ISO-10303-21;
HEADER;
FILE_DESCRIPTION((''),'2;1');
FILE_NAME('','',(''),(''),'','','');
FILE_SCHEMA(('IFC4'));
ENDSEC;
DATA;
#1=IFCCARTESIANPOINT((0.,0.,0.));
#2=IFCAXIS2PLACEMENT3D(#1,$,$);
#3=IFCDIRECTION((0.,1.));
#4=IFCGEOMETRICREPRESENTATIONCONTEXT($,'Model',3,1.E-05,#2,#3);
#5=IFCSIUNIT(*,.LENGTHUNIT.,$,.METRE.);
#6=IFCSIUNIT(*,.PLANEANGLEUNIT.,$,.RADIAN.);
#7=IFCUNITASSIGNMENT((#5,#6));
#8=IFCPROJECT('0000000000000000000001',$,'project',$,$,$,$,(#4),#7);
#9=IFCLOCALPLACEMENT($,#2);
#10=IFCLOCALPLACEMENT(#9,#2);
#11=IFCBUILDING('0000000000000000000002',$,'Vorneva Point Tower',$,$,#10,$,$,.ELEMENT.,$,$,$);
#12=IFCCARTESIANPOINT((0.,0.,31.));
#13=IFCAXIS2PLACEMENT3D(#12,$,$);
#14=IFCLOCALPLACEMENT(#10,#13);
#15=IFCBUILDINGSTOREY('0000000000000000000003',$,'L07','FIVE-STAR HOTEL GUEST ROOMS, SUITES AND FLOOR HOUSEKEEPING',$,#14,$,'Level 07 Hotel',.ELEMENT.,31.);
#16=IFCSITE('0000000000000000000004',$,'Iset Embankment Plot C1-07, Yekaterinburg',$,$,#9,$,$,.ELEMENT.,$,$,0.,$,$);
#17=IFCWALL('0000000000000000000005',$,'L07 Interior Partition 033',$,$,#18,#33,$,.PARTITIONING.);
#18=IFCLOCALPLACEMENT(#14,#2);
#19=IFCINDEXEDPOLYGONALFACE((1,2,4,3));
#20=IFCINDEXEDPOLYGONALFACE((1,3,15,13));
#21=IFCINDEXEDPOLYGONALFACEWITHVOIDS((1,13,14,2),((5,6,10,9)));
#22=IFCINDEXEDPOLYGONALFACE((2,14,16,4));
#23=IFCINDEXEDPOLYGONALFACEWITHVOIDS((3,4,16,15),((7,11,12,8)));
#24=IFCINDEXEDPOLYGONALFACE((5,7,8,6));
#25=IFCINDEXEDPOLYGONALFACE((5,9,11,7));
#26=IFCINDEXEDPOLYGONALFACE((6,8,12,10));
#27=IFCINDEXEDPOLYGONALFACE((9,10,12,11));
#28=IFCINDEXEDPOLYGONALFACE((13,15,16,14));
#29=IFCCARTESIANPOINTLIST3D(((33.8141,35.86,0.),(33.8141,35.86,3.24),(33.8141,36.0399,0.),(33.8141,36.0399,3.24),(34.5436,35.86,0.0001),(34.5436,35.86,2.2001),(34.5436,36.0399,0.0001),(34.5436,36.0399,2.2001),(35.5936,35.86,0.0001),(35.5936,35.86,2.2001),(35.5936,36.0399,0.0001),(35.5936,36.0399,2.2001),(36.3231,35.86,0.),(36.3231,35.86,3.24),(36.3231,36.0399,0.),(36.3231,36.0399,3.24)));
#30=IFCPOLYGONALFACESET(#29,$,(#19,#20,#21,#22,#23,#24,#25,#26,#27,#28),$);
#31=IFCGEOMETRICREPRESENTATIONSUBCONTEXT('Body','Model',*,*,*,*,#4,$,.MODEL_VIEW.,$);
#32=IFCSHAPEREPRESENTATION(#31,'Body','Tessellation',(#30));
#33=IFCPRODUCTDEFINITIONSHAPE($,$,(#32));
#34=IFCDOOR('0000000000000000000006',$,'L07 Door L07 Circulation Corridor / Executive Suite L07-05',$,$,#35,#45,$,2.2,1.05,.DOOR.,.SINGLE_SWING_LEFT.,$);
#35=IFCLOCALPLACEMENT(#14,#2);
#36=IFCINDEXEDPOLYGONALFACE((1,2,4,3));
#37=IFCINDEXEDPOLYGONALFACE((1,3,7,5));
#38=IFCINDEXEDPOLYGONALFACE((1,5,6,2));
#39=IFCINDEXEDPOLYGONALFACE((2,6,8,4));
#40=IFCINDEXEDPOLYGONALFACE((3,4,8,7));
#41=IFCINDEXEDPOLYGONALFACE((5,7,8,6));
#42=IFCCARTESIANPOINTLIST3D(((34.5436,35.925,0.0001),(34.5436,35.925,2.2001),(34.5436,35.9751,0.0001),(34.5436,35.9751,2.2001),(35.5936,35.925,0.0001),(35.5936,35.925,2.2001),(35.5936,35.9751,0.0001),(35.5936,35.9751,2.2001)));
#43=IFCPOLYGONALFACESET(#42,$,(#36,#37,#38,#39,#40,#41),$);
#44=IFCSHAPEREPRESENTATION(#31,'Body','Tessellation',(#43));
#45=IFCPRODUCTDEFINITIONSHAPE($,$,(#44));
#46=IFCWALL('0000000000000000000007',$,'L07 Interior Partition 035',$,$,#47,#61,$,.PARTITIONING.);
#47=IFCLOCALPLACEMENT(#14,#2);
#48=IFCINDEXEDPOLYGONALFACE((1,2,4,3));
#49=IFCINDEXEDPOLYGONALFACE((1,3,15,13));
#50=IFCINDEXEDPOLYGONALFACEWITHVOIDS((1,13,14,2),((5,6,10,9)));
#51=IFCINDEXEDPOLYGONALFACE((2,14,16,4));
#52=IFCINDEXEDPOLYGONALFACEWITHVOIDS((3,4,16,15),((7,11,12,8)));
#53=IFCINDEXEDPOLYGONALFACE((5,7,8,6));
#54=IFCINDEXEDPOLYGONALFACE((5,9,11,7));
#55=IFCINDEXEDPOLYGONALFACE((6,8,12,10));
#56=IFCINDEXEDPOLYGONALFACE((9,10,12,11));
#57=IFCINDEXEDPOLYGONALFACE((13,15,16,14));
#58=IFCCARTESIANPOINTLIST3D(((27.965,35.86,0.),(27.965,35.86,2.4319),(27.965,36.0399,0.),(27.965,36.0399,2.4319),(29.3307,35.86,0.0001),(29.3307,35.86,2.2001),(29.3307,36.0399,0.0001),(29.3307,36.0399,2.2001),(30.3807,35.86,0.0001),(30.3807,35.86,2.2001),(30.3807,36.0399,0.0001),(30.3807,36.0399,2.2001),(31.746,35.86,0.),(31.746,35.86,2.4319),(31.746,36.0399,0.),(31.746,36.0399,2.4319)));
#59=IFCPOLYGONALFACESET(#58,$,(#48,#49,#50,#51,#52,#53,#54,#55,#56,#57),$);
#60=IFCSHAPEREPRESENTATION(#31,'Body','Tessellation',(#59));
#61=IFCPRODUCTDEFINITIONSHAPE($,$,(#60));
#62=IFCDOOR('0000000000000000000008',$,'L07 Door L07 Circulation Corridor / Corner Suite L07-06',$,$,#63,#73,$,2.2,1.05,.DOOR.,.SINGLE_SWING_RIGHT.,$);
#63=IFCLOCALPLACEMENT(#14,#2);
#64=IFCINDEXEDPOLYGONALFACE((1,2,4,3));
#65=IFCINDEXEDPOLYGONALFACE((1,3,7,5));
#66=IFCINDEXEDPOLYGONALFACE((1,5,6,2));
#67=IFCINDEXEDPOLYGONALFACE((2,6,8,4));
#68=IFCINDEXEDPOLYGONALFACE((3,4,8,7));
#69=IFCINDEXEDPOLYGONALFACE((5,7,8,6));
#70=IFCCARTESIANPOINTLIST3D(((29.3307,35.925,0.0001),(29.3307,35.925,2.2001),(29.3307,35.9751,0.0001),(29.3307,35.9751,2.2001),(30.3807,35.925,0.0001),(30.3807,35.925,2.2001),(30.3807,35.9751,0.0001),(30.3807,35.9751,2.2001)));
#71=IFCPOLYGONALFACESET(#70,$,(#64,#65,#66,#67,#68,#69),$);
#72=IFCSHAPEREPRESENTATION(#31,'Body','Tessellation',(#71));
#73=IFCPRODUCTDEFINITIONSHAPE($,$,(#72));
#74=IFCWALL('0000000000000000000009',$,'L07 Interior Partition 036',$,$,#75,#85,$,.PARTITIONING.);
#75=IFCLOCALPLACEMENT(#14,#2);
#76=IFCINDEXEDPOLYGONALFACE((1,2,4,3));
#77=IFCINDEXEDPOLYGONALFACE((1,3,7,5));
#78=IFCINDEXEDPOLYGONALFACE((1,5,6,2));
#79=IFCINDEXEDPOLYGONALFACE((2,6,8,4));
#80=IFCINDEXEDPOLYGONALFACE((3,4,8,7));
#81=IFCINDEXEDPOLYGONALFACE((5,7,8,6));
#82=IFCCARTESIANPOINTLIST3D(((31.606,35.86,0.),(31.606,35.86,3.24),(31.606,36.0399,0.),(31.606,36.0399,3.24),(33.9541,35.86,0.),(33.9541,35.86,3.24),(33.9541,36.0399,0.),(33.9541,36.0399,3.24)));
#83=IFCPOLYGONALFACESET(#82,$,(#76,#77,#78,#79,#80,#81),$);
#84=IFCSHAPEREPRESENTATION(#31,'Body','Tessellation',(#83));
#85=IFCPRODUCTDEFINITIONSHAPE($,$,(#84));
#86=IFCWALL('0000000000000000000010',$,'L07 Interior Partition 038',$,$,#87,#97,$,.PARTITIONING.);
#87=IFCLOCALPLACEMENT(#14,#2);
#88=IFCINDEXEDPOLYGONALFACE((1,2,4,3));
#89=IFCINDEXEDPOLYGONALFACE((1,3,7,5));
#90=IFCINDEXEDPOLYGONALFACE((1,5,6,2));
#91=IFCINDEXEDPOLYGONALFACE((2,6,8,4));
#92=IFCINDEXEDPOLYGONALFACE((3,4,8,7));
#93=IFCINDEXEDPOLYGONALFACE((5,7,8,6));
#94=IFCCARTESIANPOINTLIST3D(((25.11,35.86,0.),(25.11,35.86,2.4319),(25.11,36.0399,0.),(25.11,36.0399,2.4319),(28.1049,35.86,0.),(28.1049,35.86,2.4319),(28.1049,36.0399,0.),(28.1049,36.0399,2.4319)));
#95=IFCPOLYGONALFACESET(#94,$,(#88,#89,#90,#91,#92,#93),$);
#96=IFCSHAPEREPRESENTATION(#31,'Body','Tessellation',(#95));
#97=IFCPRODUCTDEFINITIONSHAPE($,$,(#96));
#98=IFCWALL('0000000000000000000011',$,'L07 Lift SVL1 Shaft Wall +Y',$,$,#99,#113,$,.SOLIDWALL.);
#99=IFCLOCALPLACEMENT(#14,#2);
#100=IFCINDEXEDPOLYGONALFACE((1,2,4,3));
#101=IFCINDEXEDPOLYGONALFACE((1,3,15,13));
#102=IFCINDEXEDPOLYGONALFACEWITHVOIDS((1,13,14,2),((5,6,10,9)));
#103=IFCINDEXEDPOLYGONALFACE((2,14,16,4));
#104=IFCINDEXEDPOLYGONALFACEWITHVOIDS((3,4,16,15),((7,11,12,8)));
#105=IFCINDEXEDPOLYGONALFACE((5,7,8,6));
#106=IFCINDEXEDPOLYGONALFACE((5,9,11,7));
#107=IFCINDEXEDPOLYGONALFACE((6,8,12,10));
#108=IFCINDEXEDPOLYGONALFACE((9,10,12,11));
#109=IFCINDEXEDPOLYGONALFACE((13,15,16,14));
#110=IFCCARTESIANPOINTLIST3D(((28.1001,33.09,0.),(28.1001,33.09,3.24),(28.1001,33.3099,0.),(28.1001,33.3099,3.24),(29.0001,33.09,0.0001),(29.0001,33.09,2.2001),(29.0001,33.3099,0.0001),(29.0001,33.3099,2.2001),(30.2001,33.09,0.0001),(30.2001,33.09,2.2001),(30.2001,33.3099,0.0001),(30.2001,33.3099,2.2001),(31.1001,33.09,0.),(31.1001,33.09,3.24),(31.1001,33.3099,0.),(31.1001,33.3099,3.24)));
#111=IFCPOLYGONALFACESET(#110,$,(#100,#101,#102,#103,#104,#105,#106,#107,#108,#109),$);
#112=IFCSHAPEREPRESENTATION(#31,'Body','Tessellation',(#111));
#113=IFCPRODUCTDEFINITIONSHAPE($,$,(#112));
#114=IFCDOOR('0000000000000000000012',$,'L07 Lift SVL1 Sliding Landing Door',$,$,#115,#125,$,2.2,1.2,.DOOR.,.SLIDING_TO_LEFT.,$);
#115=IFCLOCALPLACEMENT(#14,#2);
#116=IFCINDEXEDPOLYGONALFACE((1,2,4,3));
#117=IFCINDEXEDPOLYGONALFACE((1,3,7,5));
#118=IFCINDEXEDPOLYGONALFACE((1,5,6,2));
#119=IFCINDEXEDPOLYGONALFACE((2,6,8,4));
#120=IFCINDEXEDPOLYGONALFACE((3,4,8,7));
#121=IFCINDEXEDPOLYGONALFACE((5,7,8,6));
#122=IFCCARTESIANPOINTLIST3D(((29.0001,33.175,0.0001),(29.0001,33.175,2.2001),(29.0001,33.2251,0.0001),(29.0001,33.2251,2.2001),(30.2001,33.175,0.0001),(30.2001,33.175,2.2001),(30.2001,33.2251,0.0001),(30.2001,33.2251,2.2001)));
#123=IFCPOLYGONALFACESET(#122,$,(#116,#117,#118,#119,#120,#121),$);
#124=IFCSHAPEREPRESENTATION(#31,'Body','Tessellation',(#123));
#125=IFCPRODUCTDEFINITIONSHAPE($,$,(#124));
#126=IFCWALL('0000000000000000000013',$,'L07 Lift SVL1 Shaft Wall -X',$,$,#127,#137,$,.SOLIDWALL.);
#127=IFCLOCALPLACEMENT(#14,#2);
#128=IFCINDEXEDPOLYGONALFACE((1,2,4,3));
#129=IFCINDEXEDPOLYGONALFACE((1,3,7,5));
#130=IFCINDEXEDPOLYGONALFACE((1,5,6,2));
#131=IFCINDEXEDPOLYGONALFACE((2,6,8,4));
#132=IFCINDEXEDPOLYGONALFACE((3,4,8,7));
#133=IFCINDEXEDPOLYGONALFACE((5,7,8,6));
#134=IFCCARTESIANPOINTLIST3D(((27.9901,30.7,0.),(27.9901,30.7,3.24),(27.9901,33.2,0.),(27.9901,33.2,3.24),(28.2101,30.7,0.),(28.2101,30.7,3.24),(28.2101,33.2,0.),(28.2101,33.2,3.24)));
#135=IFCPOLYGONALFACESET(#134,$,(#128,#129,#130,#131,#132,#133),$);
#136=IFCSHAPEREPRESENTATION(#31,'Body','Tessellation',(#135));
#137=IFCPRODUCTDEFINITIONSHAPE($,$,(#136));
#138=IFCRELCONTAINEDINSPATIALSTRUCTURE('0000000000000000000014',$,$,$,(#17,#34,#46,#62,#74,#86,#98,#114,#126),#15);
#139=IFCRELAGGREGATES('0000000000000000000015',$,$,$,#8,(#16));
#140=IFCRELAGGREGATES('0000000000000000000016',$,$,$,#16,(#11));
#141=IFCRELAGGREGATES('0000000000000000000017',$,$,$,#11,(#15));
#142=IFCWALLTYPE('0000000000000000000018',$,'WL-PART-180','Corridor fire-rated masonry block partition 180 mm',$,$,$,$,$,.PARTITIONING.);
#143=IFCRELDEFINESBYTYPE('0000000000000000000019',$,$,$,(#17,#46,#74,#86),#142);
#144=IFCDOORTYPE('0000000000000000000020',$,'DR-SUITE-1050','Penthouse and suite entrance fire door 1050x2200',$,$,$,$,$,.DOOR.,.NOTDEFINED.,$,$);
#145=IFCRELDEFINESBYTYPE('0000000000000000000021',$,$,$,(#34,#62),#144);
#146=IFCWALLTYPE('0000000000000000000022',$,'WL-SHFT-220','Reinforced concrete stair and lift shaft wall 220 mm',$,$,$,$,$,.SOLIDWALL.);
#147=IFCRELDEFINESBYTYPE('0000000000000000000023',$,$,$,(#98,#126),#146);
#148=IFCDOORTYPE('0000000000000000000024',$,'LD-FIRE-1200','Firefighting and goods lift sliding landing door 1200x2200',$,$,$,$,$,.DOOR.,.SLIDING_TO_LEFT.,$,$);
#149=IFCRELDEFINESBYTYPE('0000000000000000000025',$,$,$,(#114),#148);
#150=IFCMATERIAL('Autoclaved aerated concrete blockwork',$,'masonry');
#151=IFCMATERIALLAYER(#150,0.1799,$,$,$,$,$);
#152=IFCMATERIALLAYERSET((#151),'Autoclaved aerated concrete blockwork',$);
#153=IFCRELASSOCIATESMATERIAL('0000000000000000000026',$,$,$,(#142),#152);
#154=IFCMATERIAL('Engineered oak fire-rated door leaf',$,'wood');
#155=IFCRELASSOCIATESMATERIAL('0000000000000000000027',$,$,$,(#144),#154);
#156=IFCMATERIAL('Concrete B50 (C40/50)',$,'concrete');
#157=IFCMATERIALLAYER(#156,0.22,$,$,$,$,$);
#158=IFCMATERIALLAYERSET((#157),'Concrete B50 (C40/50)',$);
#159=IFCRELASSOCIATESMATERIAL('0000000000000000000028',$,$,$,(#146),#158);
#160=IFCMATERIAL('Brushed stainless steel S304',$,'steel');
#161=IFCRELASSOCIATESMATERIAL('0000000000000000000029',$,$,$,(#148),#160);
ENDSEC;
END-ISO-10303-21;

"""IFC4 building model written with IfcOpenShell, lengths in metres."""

from ifc_helpers import new_model, si_unit, direction, frame, frame_2d, origin, place, context, subcontext, project, spatial, rectangle, extrude, material, layer, layer_set, type_object, element, fill, save


model = new_model("IFC4")

# Units and contexts
model_context = context("Model", 3, precision=1e-05, world=origin(), true_north=direction((0.0, 1.0)))
body_context = subcontext(model_context, "Body", "Model", "MODEL_VIEW")
ifc_project = project(units=[si_unit("LENGTHUNIT", "METRE"), si_unit("PLANEANGLEUNIT", "RADIAN")], contexts=[model_context])

# Site, building, storey
site_placement = place(None, origin())
site = spatial("IfcSite", under=ifc_project, at=site_placement, Name="Iset Embankment Plot C1-07, Yekaterinburg", CompositionType="ELEMENT", RefElevation=0.0)
building_placement = place(site_placement, origin())
building = spatial("IfcBuilding", under=site, at=building_placement, Name="Vorneva Point Tower", CompositionType="ELEMENT")
storey_placement = place(building_placement, frame((0.0, 0.0, 31.0)))
storey = spatial("IfcBuildingStorey", under=building, at=storey_placement, Name="L07", Description="FIVE-STAR HOTEL GUEST ROOMS, SUITES AND FLOOR HOUSEKEEPING", LongName="Level 07 Hotel", CompositionType="ELEMENT", Elevation=31.0)

# Shared definitions
ifc_material_1 = material(Name="Engineered oak fire-rated door leaf", Category="wood")

# Shared definitions
ifc_material_2 = material(Name="Autoclaved aerated concrete blockwork", Category="masonry")
ifc_layer_1 = layer(ifc_material_2, 0.1799)
ifc_layer_set_1 = layer_set([ifc_layer_1], Name="Autoclaved aerated concrete blockwork")
wall_type_1 = type_object("IfcWallType", Name="WL-PART-180", Description="Corridor fire-rated masonry block partition 180 mm", PredefinedType="PARTITIONING", material=ifc_layer_set_1)

# Walls, openings, doors
wall_1_placement = place(storey_placement, frame((36.323, 35.95, 0.0), z_axis=(0.0, 0.0, 1.0), x_axis=(-1.0, 0.0, 0.0)))
wall_1 = element("IfcWall", 1, at=wall_1_placement, inside=storey, type_object=wall_type_1, Name="L07 Interior Partition 033", PredefinedType="PARTITIONING", context=body_context, shape_type="SweptSolid", body=[
    extrude(rectangle(XDim=2.509, YDim=0.1799, at=frame_2d((1.2544, 0.0))), origin(), (0.0, 0.0, 1.0), 3.24),
])
opening_1_placement = place(wall_1_placement, frame((0.7295, 0.0, 0.0)))
opening_1 = element("IfcOpeningElement", 2, at=opening_1_placement, cuts=wall_1, PredefinedType="OPENING", context=body_context, shape_type="SweptSolid", body=[
    extrude(rectangle(XDim=1.05, YDim=2.2, at=frame_2d((0.5249, 1.1001))), frame((0.0, 0.105, 0.0), z_axis=(0.0, -1.0, 0.0), x_axis=(1.0, 0.0, 0.0)), (0.0, 0.0, 1.0), 0.2097),
])
door_type_1 = type_object("IfcDoorType", Name="DR-SUITE-1050", Description="Penthouse and suite entrance fire door 1050x2200", OperationType="NOTDEFINED", PredefinedType="DOOR", material=ifc_material_1)
door_1_placement = place(opening_1_placement, origin())
door_1 = element("IfcDoor", 3, at=door_1_placement, inside=storey, type_object=door_type_1, Name="L07 Door L07 Circulation Corridor / Executive Suite L07-05", OperationType="SINGLE_SWING_LEFT", OverallHeight=2.2, OverallWidth=1.05, PredefinedType="DOOR", context=body_context, shape_type="SweptSolid", body=[
    extrude(rectangle(XDim=1.05, YDim=2.2, at=frame_2d((0.5249, 1.1001))), frame((0.0, 0.0249, 0.0), z_axis=(0.0, -1.0, 0.0), x_axis=(1.0, 0.0, 0.0)), (0.0, 0.0, 1.0), 0.05),
])
fill(opening_1, door_1)
wall_2_placement = place(storey_placement, frame((31.7461, 35.95, 0.0), z_axis=(0.0, 0.0, 1.0), x_axis=(-1.0, 0.0, 0.0)))
wall_2 = element("IfcWall", 4, at=wall_2_placement, inside=storey, type_object=wall_type_1, Name="L07 Interior Partition 035", PredefinedType="PARTITIONING", context=body_context, shape_type="SweptSolid", body=[
    extrude(rectangle(XDim=3.781, YDim=0.1799, at=frame_2d((1.8906, 0.0))), origin(), (0.0, 0.0, 1.0), 2.4319),
])
opening_2_placement = place(wall_2_placement, frame((1.3655, 0.0, 0.0)))
opening_2 = element("IfcOpeningElement", 5, at=opening_2_placement, cuts=wall_2, PredefinedType="OPENING", context=body_context, shape_type="SweptSolid", body=[
    extrude(rectangle(XDim=1.05, YDim=2.2, at=frame_2d((0.5249, 1.1001))), frame((0.0, 0.105, 0.0), z_axis=(0.0, -1.0, 0.0), x_axis=(1.0, 0.0, 0.0)), (0.0, 0.0, 1.0), 0.2097),
])
door_2_placement = place(opening_2_placement, origin())
door_2 = element("IfcDoor", 6, at=door_2_placement, inside=storey, type_object=door_type_1, Name="L07 Door L07 Circulation Corridor / Corner Suite L07-06", OperationType="SINGLE_SWING_RIGHT", OverallHeight=2.2, OverallWidth=1.05, PredefinedType="DOOR", context=body_context, shape_type="SweptSolid", body=[
    extrude(rectangle(XDim=1.05, YDim=2.2, at=frame_2d((0.5249, 1.1001))), frame((0.0, 0.0249, 0.0), z_axis=(0.0, -1.0, 0.0), x_axis=(1.0, 0.0, 0.0)), (0.0, 0.0, 1.0), 0.05),
])
fill(opening_2, door_2)

# Walls
wall_3_placement = place(storey_placement, frame((33.9541, 35.95, 0.0), z_axis=(0.0, 0.0, 1.0), x_axis=(-1.0, 0.0, 0.0)))
element("IfcWall", 7, at=wall_3_placement, inside=storey, type_object=wall_type_1, Name="L07 Interior Partition 036", PredefinedType="PARTITIONING", context=body_context, shape_type="SweptSolid", body=[
    extrude(rectangle(XDim=2.3481, YDim=0.1799, at=frame_2d((1.1741, 0.0))), origin(), (0.0, 0.0, 1.0), 3.24),
])
wall_4_placement = place(storey_placement, frame((28.105, 35.95, 0.0), z_axis=(0.0, 0.0, 1.0), x_axis=(-1.0, 0.0, 0.0)))
element("IfcWall", 8, at=wall_4_placement, inside=storey, type_object=wall_type_1, Name="L07 Interior Partition 038", PredefinedType="PARTITIONING", context=body_context, shape_type="SweptSolid", body=[
    extrude(rectangle(XDim=2.9949, YDim=0.1799, at=frame_2d((1.4976, 0.0))), origin(), (0.0, 0.0, 1.0), 2.4319),
])

# Wall, opening, door
ifc_material_3 = material(Name="Concrete B50 (C40/50)", Category="concrete")
ifc_layer_2 = layer(ifc_material_3, 0.22)
ifc_layer_set_2 = layer_set([ifc_layer_2], Name="Concrete B50 (C40/50)")
wall_type_2 = type_object("IfcWallType", Name="WL-SHFT-220", Description="Reinforced concrete stair and lift shaft wall 220 mm", PredefinedType="SOLIDWALL", material=ifc_layer_set_2)
wall_5_placement = place(storey_placement, frame((31.1001, 33.2, 0.0), z_axis=(0.0, 0.0, 1.0), x_axis=(-1.0, 0.0, 0.0)))
wall_5 = element("IfcWall", 9, at=wall_5_placement, inside=storey, type_object=wall_type_2, Name="L07 Lift SVL1 Shaft Wall +Y", PredefinedType="SOLIDWALL", context=body_context, shape_type="SweptSolid", body=[
    extrude(rectangle(XDim=3.0, YDim=0.22, at=frame_2d((1.5, 0.0))), origin(), (0.0, 0.0, 1.0), 3.24),
])
opening_3_placement = place(wall_5_placement, frame((0.8999, 0.0, 0.0)))
opening_3 = element("IfcOpeningElement", 10, at=opening_3_placement, cuts=wall_5, PredefinedType="OPENING", context=body_context, shape_type="SweptSolid", body=[
    extrude(rectangle(XDim=1.2, YDim=2.2, at=frame_2d((0.6001, 1.1001))), frame((0.0, 0.125, 0.0), z_axis=(0.0, -1.0, 0.0), x_axis=(1.0, 0.0, 0.0)), (0.0, 0.0, 1.0), 0.2498),
])
ifc_material_4 = material(Name="Brushed stainless steel S304", Category="steel")
door_type_2 = type_object("IfcDoorType", Name="LD-FIRE-1200", Description="Firefighting and goods lift sliding landing door 1200x2200", OperationType="SLIDING_TO_LEFT", PredefinedType="DOOR", material=ifc_material_4)
door_3_placement = place(opening_3_placement, origin())
door_3 = element("IfcDoor", 11, at=door_3_placement, inside=storey, type_object=door_type_2, Name="L07 Lift SVL1 Sliding Landing Door", OperationType="SLIDING_TO_LEFT", OverallHeight=2.2, OverallWidth=1.2, PredefinedType="DOOR", context=body_context, shape_type="SweptSolid", body=[
    extrude(rectangle(XDim=1.2, YDim=2.2, at=frame_2d((0.6001, 1.1001))), frame((0.0, 0.0249, 0.0), z_axis=(0.0, -1.0, 0.0), x_axis=(1.0, 0.0, 0.0)), (0.0, 0.0, 1.0), 0.05),
])
fill(opening_3, door_3)

# Wall
wall_6_placement = place(storey_placement, frame((28.1001, 33.2, 0.0), z_axis=(0.0, 0.0, 1.0), x_axis=(0.0, -1.0, 0.0)))
element("IfcWall", 12, at=wall_6_placement, inside=storey, type_object=wall_type_2, Name="L07 Lift SVL1 Shaft Wall -X", PredefinedType="SOLIDWALL", context=body_context, shape_type="SweptSolid", body=[
    extrude(rectangle(XDim=2.5, YDim=0.22, at=frame_2d((1.25, 0.0))), origin(), (0.0, 0.0, 1.0), 3.24),
])

save(model, "model.ifc")
